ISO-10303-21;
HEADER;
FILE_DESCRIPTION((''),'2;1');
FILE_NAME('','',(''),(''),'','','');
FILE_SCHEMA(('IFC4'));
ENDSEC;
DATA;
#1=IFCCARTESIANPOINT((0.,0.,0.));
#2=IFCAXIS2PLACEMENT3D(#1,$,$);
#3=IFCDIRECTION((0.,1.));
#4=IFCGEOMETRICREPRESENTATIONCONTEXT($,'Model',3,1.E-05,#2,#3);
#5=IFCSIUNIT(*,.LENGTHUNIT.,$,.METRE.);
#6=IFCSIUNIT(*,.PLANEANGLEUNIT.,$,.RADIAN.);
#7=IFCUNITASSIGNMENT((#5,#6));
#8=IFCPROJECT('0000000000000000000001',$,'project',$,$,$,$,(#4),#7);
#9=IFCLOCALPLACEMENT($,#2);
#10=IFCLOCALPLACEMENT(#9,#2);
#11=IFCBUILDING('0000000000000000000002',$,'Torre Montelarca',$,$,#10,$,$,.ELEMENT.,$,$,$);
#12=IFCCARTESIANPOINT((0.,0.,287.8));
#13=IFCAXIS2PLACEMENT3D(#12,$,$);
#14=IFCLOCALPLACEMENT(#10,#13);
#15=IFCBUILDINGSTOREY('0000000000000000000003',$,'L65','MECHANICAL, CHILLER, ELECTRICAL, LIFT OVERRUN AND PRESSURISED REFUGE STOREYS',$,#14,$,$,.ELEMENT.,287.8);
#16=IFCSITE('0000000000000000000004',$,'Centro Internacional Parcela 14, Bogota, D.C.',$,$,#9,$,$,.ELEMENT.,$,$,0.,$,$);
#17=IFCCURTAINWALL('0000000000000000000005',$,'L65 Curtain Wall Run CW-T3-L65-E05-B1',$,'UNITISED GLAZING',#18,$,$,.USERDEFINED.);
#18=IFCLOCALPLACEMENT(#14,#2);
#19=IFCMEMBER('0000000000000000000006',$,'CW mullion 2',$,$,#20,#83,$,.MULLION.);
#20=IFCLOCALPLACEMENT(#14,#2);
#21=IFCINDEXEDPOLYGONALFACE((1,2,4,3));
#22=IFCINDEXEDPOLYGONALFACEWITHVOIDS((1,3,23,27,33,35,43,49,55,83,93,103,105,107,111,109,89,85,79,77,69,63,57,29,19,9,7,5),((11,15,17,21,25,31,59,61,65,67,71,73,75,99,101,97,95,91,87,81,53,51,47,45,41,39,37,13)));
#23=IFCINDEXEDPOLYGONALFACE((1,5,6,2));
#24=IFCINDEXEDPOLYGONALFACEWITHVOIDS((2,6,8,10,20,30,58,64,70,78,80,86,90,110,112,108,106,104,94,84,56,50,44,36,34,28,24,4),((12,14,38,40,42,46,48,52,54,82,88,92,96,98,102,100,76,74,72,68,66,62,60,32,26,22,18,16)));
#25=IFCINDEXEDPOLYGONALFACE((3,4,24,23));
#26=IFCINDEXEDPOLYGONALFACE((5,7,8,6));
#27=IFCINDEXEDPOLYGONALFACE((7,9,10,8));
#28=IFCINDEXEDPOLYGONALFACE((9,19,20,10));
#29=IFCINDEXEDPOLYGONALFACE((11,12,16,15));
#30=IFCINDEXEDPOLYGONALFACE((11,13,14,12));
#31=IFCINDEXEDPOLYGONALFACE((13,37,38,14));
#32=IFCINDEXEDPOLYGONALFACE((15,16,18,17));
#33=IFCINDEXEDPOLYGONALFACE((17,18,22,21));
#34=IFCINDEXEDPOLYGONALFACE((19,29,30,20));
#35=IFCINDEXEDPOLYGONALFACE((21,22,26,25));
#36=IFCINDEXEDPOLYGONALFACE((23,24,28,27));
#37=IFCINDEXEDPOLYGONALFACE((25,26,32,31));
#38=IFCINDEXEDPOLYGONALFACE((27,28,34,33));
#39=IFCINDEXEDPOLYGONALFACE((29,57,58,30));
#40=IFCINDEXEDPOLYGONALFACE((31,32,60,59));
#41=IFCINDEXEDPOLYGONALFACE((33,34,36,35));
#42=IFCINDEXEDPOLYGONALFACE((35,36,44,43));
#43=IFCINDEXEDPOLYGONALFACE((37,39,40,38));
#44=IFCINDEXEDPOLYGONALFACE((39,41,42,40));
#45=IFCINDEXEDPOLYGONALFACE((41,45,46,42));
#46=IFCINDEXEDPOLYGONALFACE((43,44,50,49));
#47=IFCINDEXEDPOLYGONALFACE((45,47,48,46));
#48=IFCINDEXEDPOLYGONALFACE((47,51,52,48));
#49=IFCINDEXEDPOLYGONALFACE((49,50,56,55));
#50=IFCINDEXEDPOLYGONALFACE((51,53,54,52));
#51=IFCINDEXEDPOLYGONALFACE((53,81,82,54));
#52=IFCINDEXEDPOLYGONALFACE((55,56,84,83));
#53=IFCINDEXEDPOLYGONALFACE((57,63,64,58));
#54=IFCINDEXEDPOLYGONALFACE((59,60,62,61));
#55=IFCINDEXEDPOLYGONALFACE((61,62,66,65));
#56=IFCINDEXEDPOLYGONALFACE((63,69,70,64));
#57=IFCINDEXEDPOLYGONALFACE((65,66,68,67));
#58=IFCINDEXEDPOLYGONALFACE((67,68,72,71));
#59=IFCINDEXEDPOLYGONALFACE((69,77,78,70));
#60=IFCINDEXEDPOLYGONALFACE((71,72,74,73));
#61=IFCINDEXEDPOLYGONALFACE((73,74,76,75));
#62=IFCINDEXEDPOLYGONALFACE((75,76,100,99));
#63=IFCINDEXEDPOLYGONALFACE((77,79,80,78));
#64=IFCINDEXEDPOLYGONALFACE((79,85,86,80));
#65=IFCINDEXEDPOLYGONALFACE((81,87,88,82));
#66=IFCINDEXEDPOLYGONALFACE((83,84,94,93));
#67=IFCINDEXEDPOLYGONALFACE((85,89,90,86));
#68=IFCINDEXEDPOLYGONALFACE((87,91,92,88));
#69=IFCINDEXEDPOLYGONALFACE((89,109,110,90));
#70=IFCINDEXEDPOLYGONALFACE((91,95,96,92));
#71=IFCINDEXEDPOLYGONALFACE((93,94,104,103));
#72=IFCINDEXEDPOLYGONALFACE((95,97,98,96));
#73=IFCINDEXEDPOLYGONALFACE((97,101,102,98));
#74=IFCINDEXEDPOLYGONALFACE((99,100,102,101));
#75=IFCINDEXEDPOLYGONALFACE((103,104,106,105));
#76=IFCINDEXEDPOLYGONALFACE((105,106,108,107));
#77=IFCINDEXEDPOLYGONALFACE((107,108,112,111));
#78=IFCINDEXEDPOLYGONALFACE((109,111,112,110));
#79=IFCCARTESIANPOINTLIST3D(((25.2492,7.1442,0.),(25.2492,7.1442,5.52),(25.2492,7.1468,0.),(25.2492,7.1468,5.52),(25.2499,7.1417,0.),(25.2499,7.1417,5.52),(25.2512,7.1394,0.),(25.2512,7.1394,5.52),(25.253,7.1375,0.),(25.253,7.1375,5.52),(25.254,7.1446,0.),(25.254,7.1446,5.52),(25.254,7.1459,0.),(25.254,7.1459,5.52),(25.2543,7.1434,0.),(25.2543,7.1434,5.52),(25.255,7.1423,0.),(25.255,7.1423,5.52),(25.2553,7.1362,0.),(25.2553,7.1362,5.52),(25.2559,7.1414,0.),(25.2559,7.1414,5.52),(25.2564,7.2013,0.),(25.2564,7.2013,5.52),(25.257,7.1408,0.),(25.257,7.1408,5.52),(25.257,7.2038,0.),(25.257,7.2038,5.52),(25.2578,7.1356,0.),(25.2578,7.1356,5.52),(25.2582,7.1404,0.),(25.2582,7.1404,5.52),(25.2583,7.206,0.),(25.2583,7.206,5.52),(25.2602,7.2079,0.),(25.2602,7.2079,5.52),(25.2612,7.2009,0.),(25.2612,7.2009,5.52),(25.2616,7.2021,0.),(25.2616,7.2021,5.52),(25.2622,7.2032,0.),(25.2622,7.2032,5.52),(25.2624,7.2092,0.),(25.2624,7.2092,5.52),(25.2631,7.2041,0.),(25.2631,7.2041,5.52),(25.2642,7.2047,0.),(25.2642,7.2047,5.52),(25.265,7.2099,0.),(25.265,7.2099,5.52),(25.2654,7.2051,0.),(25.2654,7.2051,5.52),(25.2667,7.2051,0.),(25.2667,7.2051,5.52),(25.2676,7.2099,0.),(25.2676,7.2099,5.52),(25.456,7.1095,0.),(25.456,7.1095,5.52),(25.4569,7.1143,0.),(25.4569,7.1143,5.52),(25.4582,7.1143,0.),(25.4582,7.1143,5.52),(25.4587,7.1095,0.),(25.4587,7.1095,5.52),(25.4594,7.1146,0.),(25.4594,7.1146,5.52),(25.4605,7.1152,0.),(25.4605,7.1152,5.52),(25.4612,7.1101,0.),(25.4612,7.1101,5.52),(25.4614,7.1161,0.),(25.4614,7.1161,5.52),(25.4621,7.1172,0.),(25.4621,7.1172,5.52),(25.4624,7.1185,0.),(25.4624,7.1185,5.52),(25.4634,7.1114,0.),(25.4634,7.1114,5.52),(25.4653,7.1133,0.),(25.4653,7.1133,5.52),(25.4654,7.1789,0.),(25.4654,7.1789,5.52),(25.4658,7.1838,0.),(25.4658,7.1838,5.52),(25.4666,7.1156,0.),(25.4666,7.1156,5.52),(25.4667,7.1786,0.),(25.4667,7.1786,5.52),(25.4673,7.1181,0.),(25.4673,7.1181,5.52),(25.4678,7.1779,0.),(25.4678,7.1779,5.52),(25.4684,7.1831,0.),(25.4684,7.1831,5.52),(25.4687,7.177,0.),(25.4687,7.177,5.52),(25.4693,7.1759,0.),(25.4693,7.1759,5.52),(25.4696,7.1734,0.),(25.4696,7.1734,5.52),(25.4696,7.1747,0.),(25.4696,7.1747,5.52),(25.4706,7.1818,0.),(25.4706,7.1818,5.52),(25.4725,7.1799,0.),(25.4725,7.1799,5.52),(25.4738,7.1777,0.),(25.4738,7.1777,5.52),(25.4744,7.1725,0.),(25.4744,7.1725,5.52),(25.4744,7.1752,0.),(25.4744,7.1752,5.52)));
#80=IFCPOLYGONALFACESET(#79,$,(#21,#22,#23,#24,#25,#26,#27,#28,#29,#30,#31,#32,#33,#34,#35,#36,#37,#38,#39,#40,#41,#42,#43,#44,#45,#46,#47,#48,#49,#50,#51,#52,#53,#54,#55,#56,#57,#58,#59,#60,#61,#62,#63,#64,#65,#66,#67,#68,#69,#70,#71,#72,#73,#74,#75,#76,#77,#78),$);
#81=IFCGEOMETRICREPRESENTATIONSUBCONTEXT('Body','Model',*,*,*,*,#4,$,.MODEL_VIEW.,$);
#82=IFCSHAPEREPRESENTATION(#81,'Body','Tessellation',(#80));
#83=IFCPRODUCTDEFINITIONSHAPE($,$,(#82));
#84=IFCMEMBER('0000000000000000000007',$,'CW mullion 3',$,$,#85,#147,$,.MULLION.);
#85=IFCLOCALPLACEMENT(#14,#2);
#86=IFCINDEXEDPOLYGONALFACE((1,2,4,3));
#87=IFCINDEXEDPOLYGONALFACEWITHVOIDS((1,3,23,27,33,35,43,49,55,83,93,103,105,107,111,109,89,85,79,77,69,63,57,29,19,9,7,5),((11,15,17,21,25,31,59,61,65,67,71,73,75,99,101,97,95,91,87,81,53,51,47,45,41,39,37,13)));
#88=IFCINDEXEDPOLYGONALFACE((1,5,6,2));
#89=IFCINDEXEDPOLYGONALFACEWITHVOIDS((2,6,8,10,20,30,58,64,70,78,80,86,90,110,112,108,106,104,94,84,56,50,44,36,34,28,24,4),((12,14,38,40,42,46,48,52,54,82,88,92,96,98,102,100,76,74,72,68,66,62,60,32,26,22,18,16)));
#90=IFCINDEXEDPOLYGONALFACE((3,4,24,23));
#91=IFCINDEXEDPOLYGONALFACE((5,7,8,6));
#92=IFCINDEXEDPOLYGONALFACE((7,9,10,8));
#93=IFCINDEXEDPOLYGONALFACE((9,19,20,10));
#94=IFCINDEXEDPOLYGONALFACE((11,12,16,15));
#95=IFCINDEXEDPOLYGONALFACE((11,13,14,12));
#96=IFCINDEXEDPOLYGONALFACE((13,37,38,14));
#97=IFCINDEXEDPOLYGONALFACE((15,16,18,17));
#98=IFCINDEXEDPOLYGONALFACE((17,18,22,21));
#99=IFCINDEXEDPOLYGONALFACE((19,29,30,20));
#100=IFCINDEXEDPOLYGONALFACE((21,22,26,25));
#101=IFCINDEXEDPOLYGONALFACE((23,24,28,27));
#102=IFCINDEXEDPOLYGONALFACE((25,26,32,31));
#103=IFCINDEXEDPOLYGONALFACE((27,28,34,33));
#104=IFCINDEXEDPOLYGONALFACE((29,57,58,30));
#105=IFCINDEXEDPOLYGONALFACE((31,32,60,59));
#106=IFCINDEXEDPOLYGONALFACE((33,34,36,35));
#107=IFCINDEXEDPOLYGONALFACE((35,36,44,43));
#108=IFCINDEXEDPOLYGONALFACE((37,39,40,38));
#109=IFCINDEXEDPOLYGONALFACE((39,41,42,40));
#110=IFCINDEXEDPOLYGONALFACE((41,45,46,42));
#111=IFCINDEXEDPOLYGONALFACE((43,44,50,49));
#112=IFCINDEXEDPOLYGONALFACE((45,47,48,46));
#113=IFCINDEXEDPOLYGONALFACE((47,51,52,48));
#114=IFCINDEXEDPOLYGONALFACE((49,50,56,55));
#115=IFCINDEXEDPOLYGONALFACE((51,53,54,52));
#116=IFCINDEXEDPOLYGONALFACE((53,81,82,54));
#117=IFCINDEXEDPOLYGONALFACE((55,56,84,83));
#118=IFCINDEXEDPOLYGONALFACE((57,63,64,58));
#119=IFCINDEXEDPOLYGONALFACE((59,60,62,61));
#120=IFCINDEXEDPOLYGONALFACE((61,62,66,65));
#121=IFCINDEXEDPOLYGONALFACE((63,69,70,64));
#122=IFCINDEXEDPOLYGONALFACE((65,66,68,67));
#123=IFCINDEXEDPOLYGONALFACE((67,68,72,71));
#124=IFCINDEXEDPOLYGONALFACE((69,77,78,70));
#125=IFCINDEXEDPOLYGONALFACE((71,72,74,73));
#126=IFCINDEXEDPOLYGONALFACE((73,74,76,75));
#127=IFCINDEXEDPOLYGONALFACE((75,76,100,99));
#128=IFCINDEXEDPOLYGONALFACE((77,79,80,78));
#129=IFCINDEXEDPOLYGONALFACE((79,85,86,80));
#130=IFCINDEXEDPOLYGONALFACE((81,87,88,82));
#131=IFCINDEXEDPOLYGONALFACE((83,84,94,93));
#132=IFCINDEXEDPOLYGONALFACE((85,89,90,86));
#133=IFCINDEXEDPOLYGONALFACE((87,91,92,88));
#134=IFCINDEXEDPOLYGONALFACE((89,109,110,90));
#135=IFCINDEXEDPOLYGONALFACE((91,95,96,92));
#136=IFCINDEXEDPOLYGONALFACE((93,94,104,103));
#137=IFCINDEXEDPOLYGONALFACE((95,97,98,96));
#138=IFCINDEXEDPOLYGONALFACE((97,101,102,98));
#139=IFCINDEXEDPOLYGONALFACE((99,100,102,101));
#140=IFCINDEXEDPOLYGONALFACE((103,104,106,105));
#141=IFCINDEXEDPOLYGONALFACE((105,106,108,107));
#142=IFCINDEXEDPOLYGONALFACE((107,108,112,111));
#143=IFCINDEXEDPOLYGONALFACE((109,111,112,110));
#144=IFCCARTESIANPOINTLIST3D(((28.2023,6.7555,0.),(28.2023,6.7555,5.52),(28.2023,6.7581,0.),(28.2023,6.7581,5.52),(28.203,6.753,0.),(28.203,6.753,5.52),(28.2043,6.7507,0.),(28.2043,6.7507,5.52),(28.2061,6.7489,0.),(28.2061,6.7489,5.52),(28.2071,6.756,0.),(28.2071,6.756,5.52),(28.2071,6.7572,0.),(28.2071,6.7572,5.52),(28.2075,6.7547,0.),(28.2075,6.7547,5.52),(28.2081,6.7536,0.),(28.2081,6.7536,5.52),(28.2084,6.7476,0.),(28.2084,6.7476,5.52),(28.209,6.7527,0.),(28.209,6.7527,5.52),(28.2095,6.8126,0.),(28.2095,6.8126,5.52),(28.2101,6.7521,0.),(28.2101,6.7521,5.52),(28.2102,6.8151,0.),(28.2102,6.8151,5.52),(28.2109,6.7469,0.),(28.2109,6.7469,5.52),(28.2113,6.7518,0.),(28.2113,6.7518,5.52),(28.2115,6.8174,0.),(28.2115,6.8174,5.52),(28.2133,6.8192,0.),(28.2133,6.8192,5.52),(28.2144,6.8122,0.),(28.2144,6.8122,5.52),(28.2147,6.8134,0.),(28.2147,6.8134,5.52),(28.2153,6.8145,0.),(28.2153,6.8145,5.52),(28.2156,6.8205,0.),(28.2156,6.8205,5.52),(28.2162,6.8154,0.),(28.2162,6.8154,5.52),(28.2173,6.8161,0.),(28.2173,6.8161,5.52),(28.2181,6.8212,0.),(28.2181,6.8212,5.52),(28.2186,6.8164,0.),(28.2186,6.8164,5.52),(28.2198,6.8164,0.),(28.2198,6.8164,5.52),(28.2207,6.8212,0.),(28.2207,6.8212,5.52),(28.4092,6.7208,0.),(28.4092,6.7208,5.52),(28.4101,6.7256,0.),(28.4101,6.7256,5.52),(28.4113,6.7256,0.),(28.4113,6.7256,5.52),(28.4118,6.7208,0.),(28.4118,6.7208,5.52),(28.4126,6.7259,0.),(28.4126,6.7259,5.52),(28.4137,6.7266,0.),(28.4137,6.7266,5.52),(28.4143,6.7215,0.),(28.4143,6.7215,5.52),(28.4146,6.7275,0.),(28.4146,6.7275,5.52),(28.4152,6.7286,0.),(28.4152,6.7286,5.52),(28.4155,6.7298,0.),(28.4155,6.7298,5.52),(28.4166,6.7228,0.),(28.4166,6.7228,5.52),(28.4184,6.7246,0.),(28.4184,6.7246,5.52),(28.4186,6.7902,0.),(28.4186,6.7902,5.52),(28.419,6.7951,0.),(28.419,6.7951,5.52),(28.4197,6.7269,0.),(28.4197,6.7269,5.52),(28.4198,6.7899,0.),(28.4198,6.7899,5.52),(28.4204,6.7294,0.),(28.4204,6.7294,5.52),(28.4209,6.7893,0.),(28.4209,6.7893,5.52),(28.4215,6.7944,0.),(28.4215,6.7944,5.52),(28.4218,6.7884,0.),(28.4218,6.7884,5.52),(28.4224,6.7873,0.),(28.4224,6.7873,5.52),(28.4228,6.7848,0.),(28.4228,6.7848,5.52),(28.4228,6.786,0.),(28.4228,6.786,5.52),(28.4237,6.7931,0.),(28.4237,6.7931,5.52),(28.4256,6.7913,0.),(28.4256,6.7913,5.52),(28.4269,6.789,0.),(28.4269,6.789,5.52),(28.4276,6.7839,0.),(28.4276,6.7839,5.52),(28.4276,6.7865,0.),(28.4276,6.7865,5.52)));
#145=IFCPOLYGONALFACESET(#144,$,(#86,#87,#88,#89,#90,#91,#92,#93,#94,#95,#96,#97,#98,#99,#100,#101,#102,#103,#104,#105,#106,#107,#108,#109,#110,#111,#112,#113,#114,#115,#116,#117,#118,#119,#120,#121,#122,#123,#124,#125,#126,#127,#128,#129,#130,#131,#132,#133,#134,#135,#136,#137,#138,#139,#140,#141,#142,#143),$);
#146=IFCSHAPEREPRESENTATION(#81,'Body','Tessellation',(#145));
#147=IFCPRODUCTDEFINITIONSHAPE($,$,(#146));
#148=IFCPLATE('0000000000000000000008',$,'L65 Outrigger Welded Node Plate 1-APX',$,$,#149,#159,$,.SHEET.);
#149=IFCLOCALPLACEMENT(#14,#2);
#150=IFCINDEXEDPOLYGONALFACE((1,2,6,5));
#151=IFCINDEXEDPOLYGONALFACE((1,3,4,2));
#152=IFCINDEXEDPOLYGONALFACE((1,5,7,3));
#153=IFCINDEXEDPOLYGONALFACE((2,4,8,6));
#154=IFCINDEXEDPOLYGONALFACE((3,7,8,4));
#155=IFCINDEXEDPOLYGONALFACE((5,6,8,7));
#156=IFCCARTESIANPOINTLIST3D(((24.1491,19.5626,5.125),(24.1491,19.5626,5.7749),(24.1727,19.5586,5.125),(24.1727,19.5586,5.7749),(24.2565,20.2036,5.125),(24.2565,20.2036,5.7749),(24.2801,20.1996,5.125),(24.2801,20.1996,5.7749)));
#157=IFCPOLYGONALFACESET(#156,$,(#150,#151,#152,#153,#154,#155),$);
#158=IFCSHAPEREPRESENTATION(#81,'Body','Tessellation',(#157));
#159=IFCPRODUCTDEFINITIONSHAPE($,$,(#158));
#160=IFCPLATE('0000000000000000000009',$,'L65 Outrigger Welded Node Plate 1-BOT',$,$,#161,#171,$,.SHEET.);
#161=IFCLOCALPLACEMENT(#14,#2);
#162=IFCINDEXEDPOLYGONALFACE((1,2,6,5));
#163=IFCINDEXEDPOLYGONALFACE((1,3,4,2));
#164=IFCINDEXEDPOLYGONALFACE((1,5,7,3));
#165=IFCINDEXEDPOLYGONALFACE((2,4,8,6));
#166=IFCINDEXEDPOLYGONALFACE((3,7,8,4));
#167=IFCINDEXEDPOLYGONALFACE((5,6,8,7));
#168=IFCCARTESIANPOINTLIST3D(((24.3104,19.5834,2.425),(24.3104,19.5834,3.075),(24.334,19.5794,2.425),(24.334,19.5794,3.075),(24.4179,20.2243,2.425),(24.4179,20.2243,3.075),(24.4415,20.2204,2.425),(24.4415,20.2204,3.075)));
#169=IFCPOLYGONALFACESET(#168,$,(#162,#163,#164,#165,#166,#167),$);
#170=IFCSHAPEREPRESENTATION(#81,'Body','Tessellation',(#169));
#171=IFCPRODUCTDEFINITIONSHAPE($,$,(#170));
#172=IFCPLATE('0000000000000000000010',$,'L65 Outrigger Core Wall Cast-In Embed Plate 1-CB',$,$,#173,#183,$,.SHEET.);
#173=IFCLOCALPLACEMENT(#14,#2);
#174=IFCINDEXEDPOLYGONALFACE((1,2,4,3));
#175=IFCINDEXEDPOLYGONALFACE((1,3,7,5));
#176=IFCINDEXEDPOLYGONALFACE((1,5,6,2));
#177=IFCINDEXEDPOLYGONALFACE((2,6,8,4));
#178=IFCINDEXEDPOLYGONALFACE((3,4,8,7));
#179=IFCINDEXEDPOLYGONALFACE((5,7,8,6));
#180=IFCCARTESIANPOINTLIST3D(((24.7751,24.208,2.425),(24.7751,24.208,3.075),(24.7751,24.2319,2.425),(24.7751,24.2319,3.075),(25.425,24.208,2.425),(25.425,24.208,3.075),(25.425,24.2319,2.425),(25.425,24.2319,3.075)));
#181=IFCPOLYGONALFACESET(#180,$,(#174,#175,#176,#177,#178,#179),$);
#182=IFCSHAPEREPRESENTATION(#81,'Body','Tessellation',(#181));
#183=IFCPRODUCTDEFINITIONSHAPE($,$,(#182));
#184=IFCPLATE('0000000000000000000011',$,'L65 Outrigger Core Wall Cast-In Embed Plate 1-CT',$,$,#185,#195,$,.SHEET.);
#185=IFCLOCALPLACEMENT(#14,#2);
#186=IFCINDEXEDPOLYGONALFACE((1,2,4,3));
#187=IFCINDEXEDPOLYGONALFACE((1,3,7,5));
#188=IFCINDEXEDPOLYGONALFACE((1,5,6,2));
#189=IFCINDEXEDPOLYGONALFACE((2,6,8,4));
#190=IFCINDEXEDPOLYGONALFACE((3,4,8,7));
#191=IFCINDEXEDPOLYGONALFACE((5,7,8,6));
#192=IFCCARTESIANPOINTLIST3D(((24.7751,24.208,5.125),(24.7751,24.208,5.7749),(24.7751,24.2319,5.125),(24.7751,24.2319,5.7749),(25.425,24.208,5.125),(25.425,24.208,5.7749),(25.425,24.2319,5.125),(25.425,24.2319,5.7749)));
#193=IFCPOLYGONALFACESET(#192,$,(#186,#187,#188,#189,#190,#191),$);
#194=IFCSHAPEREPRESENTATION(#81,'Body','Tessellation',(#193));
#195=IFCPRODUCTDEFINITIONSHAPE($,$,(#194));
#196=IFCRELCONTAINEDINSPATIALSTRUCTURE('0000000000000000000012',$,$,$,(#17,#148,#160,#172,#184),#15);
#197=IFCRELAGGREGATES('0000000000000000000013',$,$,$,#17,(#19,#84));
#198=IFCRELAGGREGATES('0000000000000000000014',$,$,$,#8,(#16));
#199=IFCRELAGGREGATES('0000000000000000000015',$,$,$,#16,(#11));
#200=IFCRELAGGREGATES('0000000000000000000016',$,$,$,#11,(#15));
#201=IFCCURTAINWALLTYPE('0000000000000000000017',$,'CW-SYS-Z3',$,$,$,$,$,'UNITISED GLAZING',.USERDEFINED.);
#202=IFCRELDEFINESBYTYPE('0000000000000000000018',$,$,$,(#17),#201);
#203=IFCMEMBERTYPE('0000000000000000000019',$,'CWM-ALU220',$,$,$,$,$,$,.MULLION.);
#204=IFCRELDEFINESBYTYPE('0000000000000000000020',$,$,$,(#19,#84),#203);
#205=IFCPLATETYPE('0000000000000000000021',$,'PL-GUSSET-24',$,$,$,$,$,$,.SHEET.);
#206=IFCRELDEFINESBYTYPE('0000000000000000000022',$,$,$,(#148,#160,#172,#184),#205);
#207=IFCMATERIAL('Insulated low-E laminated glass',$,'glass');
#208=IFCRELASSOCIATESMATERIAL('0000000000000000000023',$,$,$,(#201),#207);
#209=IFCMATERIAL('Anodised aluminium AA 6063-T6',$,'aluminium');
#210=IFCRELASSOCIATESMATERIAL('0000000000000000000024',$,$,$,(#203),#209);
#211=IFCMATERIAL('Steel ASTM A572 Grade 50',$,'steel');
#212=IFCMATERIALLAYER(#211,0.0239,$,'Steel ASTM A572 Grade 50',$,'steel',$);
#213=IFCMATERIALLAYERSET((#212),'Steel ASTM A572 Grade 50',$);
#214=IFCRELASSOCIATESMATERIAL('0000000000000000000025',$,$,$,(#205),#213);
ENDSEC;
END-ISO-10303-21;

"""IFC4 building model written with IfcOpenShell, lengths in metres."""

from ifc_helpers import new_model, si_unit, direction, frame, origin, origin_2d, place, context, subcontext, project, spatial, rectangle, hollow_rectangle, extrude, source, transform, mapped, material, layer, layer_set, material_profile, profile_set, type_object, element, aggregate, save


model = new_model("IFC4")

# Units and contexts
model_context = context("Model", 3, precision=1e-05, world=origin(), true_north=direction((0.0, 1.0)))
body_context = subcontext(model_context, "Body", "Model", "MODEL_VIEW")
ifc_project = project(units=[si_unit("LENGTHUNIT", "METRE"), si_unit("PLANEANGLEUNIT", "RADIAN")], contexts=[model_context])

# Site, building, storey
site_placement = place(None, origin())
site = spatial("IfcSite", under=ifc_project, at=site_placement, Name="Centro Internacional Parcela 14, Bogota, D.C.", CompositionType="ELEMENT", RefElevation=0.0)
building_placement = place(site_placement, origin())
building = spatial("IfcBuilding", under=site, at=building_placement, Name="Torre Montelarca", CompositionType="ELEMENT")
storey_placement = place(building_placement, frame((0.0, 0.0, 287.8)))
storey = spatial("IfcBuildingStorey", under=building, at=storey_placement, Name="L65", Description="MECHANICAL, CHILLER, ELECTRICAL, LIFT OVERRUN AND PRESSURISED REFUGE STOREYS", CompositionType="ELEMENT", Elevation=287.8)

# Curtain wall, members
ifc_material_1 = material(Name="Insulated low-E laminated glass", Category="glass")
curtain_wall_type = type_object("IfcCurtainWallType", Name="CW-SYS-Z3", ElementType="UNITISED GLAZING", PredefinedType="USERDEFINED", material=ifc_material_1)
curtain_wall_placement = place(storey_placement, origin())
curtain_wall = element("IfcCurtainWall", 1, at=curtain_wall_placement, inside=storey, type_object=curtain_wall_type, Name="L65 Curtain Wall Run CW-T3-L65-E05-B1", ObjectType="UNITISED GLAZING", PredefinedType="USERDEFINED")
ifc_material_2 = material(Name="Anodised aluminium AA 6063-T6", Category="aluminium")
ifc_material_profile_1 = material_profile(ifc_material_2, hollow_rectangle(XDim=0.075, YDim=0.22, WallThickness=0.0049, InnerFilletRadius=0.0049, OuterFilletRadius=0.01, at=origin_2d()), Name="ALU75X220X5", Category="aluminium")
ifc_profile_set_1 = profile_set([ifc_material_profile_1], Name="Anodised aluminium AA 6063-T6")
member_type_1 = type_object("IfcMemberType", Name="CWM-ALU220", PredefinedType="MULLION", material=ifc_profile_set_1)
shared_shape_1 = source(origin(), body_context, "Body", "SweptSolid", [
    extrude(hollow_rectangle(XDim=0.075, YDim=0.22, WallThickness=0.0049, InnerFilletRadius=0.0049, OuterFilletRadius=0.01, at=origin_2d()), origin(), (0.0, 0.0, 1.0), 5.52),
])
member_1_placement = place(storey_placement, frame((25.3618, 7.1597, 0.0), z_axis=(0.0, 0.0, 1.0), x_axis=(0.130514, 0.991446, 0.0)))
member_1 = element("IfcMember", 2, at=member_1_placement, type_object=member_type_1, Name="CW mullion 2", PredefinedType="MULLION", context=body_context, shape_type="MappedRepresentation", body=[
    mapped(shared_shape_1, transform((0.0, 0.0, 0.0), scale=1.0)),
])
member_2_placement = place(storey_placement, frame((28.3149, 6.771, 0.0), z_axis=(0.0, 0.0, 1.0), x_axis=(0.130514, 0.991446, 0.0)))
member_2 = element("IfcMember", 3, at=member_2_placement, type_object=member_type_1, Name="CW mullion 3", PredefinedType="MULLION", context=body_context, shape_type="MappedRepresentation", body=[
    mapped(shared_shape_1, transform((0.0, 0.0, 0.0), scale=1.0)),
])

# Plates
ifc_material_3 = material(Name="Steel ASTM A572 Grade 50", Category="steel")
ifc_layer_1 = layer(ifc_material_3, 0.0239, Name="Steel ASTM A572 Grade 50", Category="steel")
ifc_layer_set_1 = layer_set([ifc_layer_1], Name="Steel ASTM A572 Grade 50")
plate_type_1 = type_object("IfcPlateType", Name="PL-GUSSET-24", PredefinedType="SHEET", material=ifc_layer_set_1)
shared_shape_2 = source(origin(), body_context, "Body", "SweptSolid", [
    extrude(rectangle(XDim=0.6499, YDim=0.0239, at=origin_2d()), origin(), (0.0, 0.0, 1.0), 0.6499),
])
for number, where, z_axis, x_axis, name in (
    (4, (24.2146, 19.8811, 5.125), (0.0, 0.0, 1.0), (0.165392, 0.986228, 0.0), "L65 Outrigger Welded Node Plate 1-APX"),
    (5, (24.376, 19.9019, 2.425), (0.0, 0.0, 1.0), (0.165392, 0.986228, 0.0), "L65 Outrigger Welded Node Plate 1-BOT"),
    (6, (25.1001, 24.22, 2.425), (0.0, 0.0, 1.0), (1.0, 0.0, 0.0), "L65 Outrigger Core Wall Cast-In Embed Plate 1-CB"),
    (7, (25.1001, 24.22, 5.125), (0.0, 0.0, 1.0), (1.0, 0.0, 0.0), "L65 Outrigger Core Wall Cast-In Embed Plate 1-CT"),
):
    element("IfcPlate", number, at=place(storey_placement, frame(where, z_axis=z_axis, x_axis=x_axis)), inside=storey, type_object=plate_type_1, Name=name, PredefinedType="SHEET", context=body_context, shape_type="MappedRepresentation", body=[
        mapped(shared_shape_2, transform((0.0, 0.0, 0.0), scale=1.0)),
    ])

aggregate(curtain_wall, [member_1, member_2])

save(model, "model.ifc")
